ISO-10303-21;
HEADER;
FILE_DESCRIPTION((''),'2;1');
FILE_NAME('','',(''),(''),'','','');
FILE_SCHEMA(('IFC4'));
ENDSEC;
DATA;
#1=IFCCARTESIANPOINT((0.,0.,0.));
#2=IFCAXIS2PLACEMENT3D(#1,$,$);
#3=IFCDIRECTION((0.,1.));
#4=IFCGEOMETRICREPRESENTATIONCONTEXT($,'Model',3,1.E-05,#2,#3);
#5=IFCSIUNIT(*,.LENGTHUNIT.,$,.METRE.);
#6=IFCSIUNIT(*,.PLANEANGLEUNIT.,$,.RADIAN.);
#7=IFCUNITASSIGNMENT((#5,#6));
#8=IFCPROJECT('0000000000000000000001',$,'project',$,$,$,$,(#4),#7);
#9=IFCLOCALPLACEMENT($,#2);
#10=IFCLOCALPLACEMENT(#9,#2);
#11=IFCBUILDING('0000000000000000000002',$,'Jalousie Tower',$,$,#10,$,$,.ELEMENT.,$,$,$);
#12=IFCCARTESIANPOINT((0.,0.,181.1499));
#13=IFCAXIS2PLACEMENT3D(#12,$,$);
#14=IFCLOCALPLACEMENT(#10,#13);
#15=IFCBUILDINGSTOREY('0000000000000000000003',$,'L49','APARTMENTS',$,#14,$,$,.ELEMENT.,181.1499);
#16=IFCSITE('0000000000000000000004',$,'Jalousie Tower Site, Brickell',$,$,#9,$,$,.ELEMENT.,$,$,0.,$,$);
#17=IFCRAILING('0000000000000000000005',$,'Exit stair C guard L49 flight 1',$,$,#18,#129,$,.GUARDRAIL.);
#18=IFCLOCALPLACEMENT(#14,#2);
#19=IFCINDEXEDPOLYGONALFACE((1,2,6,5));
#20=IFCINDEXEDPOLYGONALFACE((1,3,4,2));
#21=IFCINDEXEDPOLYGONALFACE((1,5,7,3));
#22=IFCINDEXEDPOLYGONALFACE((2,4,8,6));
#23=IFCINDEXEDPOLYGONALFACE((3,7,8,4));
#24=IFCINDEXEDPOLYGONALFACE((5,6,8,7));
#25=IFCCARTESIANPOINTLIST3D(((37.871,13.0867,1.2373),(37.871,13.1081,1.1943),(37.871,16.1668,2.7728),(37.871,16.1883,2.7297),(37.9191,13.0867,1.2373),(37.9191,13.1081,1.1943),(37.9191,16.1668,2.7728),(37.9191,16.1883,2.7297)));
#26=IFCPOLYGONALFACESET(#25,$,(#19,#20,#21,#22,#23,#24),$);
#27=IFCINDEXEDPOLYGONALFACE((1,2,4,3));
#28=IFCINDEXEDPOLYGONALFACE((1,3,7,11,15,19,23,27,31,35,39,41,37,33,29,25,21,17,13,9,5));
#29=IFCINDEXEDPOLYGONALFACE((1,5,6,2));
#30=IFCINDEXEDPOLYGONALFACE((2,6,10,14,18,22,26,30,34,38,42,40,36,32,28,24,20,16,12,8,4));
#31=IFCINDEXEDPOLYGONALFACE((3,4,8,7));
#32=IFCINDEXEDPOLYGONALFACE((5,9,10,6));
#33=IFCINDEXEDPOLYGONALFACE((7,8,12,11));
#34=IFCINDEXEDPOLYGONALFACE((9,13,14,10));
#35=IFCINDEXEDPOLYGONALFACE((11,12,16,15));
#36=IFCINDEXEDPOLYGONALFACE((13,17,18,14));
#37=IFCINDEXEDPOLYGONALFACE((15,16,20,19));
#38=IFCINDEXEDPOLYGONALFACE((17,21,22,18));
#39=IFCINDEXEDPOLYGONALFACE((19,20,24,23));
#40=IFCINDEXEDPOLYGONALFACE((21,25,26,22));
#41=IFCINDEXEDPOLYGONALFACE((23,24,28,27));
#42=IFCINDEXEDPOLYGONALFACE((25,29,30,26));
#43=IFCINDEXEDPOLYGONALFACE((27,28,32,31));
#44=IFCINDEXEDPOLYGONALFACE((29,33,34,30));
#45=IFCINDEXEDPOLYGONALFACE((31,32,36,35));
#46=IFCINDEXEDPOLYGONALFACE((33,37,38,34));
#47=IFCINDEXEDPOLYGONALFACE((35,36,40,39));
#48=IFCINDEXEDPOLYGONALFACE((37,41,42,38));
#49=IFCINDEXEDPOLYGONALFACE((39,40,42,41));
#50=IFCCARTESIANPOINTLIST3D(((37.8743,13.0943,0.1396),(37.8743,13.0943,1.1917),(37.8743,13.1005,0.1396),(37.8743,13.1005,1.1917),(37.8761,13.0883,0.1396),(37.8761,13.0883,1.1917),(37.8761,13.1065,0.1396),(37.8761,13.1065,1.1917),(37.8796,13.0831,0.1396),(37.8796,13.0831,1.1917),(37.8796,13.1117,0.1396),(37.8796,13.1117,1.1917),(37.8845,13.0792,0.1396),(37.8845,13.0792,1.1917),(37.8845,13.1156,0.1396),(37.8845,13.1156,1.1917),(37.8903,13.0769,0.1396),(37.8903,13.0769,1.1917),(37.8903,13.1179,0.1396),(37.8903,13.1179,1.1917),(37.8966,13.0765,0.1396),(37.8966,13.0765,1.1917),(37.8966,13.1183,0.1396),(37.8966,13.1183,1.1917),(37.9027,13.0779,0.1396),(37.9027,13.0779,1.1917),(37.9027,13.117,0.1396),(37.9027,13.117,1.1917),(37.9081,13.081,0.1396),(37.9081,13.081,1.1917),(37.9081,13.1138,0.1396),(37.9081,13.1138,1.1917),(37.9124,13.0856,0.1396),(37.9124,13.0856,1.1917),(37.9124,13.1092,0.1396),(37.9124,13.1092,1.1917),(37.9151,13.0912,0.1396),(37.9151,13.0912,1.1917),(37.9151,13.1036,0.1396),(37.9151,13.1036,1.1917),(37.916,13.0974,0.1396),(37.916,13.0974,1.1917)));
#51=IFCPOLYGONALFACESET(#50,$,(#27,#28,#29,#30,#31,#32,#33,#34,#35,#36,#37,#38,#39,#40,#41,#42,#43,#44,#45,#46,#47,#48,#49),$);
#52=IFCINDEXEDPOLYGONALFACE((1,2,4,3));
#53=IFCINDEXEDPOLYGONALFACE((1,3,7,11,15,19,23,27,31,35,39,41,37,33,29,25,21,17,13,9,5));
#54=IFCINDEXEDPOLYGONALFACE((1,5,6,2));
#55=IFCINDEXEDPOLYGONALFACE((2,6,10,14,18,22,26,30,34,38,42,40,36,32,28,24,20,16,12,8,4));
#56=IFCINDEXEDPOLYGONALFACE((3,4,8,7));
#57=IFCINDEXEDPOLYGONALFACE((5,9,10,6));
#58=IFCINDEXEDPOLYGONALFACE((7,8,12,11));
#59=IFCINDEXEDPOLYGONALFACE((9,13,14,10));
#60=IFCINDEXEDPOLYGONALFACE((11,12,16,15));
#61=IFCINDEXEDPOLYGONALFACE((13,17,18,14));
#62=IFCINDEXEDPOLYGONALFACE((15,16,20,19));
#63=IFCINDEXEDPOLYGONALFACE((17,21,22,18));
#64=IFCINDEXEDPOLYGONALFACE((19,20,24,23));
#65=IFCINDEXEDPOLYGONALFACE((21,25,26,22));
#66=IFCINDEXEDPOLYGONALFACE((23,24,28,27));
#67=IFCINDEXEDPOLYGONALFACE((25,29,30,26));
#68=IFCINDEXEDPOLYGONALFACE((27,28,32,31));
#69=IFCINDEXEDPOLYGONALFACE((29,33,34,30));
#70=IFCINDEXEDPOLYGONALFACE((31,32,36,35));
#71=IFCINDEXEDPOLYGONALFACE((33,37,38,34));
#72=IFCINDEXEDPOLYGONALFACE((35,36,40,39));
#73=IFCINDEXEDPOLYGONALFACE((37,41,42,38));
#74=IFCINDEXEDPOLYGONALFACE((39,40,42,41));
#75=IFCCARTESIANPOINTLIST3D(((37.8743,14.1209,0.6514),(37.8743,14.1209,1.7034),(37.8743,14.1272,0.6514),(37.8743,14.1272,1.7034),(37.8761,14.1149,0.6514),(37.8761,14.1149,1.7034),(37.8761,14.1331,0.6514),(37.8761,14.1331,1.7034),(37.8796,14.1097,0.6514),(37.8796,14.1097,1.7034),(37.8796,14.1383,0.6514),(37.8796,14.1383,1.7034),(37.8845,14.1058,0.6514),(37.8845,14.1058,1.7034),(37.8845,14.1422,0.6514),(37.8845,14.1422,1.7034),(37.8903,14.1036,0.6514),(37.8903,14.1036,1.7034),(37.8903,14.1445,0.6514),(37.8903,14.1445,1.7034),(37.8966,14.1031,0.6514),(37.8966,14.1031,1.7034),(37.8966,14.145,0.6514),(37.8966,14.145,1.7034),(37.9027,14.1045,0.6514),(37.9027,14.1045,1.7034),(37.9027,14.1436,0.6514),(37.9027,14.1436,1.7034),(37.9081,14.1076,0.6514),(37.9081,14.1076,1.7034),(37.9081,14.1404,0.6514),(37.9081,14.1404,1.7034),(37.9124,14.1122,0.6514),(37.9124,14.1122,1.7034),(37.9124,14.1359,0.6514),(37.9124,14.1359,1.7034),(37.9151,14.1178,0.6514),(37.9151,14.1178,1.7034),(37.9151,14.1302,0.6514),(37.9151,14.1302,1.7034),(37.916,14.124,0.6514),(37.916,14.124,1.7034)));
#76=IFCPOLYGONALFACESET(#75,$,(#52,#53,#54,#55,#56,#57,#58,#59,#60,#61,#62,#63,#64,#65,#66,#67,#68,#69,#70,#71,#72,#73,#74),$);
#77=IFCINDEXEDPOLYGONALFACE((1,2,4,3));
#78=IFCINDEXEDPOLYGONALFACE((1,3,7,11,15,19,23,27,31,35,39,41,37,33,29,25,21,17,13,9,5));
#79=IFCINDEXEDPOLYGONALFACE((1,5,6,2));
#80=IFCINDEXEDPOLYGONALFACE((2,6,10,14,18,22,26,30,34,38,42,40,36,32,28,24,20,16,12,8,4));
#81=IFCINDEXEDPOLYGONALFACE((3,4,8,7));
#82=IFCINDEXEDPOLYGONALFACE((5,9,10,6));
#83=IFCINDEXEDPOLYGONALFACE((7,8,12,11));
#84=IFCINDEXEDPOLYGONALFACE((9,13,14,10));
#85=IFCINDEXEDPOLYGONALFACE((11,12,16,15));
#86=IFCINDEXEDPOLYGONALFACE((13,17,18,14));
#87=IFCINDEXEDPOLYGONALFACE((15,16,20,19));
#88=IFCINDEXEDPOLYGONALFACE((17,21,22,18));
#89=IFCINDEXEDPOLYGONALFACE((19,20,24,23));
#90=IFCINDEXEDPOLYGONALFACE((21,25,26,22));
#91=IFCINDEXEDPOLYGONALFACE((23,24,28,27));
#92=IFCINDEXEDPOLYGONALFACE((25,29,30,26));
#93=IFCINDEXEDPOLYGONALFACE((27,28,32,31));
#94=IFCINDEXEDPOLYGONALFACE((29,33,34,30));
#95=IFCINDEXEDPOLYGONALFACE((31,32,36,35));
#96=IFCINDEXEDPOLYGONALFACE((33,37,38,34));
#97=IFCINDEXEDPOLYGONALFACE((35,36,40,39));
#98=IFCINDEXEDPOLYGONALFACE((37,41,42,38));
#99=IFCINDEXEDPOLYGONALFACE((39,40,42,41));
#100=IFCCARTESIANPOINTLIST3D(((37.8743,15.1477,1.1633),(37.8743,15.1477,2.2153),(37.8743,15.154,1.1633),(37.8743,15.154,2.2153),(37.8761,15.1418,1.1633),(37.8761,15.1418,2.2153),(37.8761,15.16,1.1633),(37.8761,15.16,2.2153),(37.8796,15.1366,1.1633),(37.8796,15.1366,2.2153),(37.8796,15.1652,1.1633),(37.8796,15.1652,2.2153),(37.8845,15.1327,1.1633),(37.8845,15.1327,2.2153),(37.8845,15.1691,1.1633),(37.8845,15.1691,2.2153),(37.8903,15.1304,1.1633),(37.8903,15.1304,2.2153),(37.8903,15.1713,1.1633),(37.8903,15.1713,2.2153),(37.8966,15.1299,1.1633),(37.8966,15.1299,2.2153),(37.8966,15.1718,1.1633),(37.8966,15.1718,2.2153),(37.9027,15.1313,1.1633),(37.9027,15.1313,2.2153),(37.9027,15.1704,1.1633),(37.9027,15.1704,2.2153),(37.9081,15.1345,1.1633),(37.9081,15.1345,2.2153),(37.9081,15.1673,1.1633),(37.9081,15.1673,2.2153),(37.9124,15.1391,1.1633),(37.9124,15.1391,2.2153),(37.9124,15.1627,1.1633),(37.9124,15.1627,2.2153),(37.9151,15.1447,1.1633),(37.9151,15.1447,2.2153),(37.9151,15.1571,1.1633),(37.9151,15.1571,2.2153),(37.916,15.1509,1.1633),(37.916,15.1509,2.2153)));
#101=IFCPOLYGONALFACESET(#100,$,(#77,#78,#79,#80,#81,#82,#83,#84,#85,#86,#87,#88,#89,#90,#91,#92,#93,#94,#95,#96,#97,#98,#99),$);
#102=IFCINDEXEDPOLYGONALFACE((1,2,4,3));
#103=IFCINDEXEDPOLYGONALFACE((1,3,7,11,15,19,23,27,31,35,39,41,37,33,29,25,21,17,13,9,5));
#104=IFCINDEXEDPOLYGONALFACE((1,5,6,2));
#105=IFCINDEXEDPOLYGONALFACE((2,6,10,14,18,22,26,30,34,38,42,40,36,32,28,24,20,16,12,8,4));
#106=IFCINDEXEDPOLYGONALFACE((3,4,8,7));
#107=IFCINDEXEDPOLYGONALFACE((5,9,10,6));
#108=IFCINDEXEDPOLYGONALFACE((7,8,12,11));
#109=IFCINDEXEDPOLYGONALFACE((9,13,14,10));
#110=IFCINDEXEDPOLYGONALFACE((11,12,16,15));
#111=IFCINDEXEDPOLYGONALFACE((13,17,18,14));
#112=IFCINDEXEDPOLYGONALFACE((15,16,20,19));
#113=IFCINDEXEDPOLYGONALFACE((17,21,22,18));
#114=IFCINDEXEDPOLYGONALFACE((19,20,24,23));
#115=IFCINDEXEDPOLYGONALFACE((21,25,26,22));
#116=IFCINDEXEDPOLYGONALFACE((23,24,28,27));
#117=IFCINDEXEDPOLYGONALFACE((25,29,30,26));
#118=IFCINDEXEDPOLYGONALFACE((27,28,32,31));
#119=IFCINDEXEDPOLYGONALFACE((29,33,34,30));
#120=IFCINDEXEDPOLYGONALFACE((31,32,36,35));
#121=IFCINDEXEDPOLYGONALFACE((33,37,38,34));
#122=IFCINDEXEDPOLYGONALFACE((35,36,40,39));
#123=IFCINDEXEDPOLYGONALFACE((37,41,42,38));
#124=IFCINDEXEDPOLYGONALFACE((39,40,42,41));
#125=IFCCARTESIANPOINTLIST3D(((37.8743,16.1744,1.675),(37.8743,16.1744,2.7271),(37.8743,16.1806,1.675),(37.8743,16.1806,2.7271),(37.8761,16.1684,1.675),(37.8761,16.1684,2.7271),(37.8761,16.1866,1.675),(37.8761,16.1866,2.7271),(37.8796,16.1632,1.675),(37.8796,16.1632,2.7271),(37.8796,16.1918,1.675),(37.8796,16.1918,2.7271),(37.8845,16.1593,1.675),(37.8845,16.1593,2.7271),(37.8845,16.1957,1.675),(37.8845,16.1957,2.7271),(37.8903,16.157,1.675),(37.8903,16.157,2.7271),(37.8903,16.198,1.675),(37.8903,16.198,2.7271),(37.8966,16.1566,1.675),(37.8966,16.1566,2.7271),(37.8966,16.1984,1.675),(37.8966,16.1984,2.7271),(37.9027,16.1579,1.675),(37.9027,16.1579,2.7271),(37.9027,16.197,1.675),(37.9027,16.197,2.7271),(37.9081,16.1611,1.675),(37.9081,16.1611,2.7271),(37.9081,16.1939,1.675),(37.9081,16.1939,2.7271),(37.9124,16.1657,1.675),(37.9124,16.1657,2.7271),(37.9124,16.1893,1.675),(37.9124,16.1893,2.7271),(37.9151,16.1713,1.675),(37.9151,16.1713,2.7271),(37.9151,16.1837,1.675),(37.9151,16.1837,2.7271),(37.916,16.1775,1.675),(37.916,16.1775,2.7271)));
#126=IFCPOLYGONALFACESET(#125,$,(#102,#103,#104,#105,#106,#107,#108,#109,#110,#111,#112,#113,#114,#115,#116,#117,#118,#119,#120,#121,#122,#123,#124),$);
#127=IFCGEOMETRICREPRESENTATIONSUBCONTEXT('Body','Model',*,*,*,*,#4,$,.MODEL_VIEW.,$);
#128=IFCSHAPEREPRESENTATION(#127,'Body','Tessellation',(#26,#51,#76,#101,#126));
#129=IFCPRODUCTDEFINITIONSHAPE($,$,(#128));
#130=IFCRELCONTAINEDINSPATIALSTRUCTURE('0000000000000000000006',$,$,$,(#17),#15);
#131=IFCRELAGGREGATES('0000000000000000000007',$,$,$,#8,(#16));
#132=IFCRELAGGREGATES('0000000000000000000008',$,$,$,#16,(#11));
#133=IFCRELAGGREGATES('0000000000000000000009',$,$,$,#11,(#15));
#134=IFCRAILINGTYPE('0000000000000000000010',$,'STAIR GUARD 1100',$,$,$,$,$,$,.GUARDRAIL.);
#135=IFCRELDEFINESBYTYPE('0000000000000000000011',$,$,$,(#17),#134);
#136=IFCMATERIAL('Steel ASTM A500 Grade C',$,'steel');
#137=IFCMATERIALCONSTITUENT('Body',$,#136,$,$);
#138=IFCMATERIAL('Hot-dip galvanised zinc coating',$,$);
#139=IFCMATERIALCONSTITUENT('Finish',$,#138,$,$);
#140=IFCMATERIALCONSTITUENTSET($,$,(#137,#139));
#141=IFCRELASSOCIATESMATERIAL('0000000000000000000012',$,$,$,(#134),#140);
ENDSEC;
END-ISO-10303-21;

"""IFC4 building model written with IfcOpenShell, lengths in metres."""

from ifc_helpers import new_model, si_unit, direction, frame, origin, origin_2d, place, context, subcontext, project, spatial, rectangle, circle, extrude, material, constituent, constituent_set, type_object, element, save


model = new_model("IFC4")

# Units and contexts
model_context = context("Model", 3, precision=1e-05, world=origin(), true_north=direction((0.0, 1.0)))
body_context = subcontext(model_context, "Body", "Model", "MODEL_VIEW")
ifc_project = project(units=[si_unit("LENGTHUNIT", "METRE"), si_unit("PLANEANGLEUNIT", "RADIAN")], contexts=[model_context])

# Site, building, storey
site_placement = place(None, origin())
site = spatial("IfcSite", under=ifc_project, at=site_placement, Name="Jalousie Tower Site, Brickell", CompositionType="ELEMENT", RefElevation=0.0)
building_placement = place(site_placement, origin())
building = spatial("IfcBuilding", under=site, at=building_placement, Name="Jalousie Tower", CompositionType="ELEMENT")
storey_placement = place(building_placement, frame((0.0, 0.0, 181.1499)))
storey = spatial("IfcBuildingStorey", under=building, at=storey_placement, Name="L49", Description="APARTMENTS", CompositionType="ELEMENT", Elevation=181.1499)

# Railing
ifc_material_1 = material(Name="Steel ASTM A500 Grade C", Category="steel")
ifc_constituent_1 = constituent(ifc_material_1, Name="Body")
ifc_material_2 = material(Name="Hot-dip galvanised zinc coating")
ifc_constituent_2 = constituent(ifc_material_2, Name="Finish")
ifc_constituent_set_1 = constituent_set(constituents=[ifc_constituent_1, ifc_constituent_2])
railing_type_1 = type_object("IfcRailingType", Name="STAIR GUARD 1100", PredefinedType="GUARDRAIL", material=ifc_constituent_set_1)
railing_1_placement = place(storey_placement, frame((37.895, 13.0974, 0.1396)))
element("IfcRailing", 1, at=railing_1_placement, inside=storey, type_object=railing_type_1, Name="Exit stair C guard L49 flight 1", PredefinedType="GUARDRAIL", context=body_context, shape_type="SweptSolid", body=[
    extrude(rectangle(XDim=0.0481, YDim=0.0481, at=origin_2d()), frame((0.0, 0.0, 1.0762), z_axis=(0.0, 0.894966, 0.446135), x_axis=(-1.0, 0.0, 0.0)), (0.0, 0.0, 1.0), 3.4417),
    extrude(circle(Radius=0.021, at=origin_2d()), origin(), (0.0, 0.0, 1.0), 1.052),
    extrude(circle(Radius=0.021, at=origin_2d()), frame((0.0, 1.0266, 0.5117)), (0.0, 0.0, 1.0), 1.052),
    extrude(circle(Radius=0.021, at=origin_2d()), frame((0.0, 2.0535, 1.0237)), (0.0, 0.0, 1.0), 1.052),
    extrude(circle(Radius=0.021, at=origin_2d()), frame((0.0, 3.0801, 1.5354)), (0.0, 0.0, 1.0), 1.052),
])

save(model, "model.ifc")
